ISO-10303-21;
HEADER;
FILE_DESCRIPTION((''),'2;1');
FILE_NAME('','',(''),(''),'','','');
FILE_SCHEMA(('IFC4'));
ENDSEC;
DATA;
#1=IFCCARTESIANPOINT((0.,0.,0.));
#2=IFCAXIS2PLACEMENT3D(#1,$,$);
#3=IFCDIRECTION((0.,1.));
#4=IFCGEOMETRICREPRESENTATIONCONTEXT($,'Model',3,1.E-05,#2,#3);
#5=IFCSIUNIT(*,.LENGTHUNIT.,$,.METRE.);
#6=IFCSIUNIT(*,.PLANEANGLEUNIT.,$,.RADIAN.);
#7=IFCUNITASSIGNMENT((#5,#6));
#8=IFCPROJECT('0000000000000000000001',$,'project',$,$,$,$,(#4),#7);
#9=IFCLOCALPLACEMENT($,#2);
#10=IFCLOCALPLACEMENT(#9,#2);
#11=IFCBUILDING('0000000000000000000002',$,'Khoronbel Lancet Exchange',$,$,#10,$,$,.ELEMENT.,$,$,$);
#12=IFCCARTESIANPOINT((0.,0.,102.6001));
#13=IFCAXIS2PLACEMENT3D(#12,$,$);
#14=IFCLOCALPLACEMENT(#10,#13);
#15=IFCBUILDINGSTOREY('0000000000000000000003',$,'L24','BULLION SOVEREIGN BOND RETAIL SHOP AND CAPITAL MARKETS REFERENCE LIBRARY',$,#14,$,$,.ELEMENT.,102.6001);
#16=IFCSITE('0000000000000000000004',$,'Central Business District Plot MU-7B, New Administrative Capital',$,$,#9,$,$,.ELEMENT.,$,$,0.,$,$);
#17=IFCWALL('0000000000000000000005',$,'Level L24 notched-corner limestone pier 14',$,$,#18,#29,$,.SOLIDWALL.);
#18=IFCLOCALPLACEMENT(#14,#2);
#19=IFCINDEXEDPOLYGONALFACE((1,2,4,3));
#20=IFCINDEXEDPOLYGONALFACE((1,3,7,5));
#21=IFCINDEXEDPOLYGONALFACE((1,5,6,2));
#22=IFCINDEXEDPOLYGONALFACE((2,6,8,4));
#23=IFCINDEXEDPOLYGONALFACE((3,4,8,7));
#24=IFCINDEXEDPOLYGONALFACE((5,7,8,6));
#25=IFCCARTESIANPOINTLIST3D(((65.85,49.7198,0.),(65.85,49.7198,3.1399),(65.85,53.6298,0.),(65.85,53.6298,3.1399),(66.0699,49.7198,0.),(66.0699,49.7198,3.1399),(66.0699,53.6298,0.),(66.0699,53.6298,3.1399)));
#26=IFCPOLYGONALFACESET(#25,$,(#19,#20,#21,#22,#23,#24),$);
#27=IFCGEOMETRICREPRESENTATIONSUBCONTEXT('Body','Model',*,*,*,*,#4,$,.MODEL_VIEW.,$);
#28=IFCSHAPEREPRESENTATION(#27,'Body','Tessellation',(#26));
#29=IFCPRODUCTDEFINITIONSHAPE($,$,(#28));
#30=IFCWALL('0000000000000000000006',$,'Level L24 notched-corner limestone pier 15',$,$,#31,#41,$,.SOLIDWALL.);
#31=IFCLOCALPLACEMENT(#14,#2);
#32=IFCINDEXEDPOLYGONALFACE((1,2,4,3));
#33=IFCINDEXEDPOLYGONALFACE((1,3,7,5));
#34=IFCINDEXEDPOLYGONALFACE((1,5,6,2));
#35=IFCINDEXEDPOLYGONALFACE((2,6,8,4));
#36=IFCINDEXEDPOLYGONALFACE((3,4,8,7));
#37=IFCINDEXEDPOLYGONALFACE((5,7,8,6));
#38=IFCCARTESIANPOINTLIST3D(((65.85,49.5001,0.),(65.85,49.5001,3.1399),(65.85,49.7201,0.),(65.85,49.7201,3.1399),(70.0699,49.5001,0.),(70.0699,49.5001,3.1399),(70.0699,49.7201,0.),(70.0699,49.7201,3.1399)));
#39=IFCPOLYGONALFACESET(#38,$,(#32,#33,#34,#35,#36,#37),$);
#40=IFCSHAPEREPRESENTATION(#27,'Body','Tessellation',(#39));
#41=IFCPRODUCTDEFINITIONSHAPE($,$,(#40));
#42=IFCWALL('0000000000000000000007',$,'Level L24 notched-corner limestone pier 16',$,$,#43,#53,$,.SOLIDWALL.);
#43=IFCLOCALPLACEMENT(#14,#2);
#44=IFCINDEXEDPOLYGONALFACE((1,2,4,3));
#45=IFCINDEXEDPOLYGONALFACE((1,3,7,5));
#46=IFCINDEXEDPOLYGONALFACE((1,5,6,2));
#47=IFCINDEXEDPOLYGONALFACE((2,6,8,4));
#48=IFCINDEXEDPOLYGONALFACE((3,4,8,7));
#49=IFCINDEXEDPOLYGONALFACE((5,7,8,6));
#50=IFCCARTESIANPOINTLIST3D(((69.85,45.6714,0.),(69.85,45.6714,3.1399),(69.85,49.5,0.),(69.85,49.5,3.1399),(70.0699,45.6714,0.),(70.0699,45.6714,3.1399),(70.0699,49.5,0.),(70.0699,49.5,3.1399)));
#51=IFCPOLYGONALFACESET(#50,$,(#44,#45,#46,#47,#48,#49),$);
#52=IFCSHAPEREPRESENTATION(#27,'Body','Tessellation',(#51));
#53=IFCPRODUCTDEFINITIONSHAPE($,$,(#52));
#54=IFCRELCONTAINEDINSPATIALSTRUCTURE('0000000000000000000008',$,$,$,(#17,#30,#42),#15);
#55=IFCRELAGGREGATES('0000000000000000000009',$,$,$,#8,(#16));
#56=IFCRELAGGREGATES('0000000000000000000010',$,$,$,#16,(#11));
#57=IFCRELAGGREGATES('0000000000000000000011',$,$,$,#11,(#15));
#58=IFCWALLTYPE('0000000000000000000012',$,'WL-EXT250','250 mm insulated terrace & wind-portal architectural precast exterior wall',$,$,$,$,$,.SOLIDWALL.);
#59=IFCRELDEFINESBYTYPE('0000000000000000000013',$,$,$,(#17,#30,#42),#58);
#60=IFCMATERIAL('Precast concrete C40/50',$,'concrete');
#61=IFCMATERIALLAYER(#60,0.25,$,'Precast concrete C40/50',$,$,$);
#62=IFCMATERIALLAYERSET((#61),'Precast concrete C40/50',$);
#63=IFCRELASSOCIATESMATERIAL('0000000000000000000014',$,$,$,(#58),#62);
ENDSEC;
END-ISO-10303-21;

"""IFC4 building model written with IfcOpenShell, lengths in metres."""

from ifc_helpers import new_model, si_unit, direction, frame, frame_2d, origin, place, context, subcontext, project, spatial, rectangle, extrude, material, layer, layer_set, type_object, element, save


model = new_model("IFC4")

# Units and contexts
model_context = context("Model", 3, precision=1e-05, world=origin(), true_north=direction((0.0, 1.0)))
body_context = subcontext(model_context, "Body", "Model", "MODEL_VIEW")
ifc_project = project(units=[si_unit("LENGTHUNIT", "METRE"), si_unit("PLANEANGLEUNIT", "RADIAN")], contexts=[model_context])

# Site, building, storey
site_placement = place(None, origin())
site = spatial("IfcSite", under=ifc_project, at=site_placement, Name="Central Business District Plot MU-7B, New Administrative Capital", CompositionType="ELEMENT", RefElevation=0.0)
building_placement = place(site_placement, origin())
building = spatial("IfcBuilding", under=site, at=building_placement, Name="Khoronbel Lancet Exchange", CompositionType="ELEMENT")
storey_placement = place(building_placement, frame((0.0, 0.0, 102.6001)))
storey = spatial("IfcBuildingStorey", under=building, at=storey_placement, Name="L24", Description="BULLION SOVEREIGN BOND RETAIL SHOP AND CAPITAL MARKETS REFERENCE LIBRARY", CompositionType="ELEMENT", Elevation=102.6001)

# Walls
ifc_material_1 = material(Name="Precast concrete C40/50", Category="concrete")
ifc_layer_1 = layer(ifc_material_1, 0.25, Name="Precast concrete C40/50")
ifc_layer_set_1 = layer_set([ifc_layer_1], Name="Precast concrete C40/50")
wall_type = type_object("IfcWallType", Name="WL-EXT250", Description="250 mm insulated terrace & wind-portal architectural precast exterior wall", PredefinedType="SOLIDWALL", material=ifc_layer_set_1)
wall_1_placement = place(storey_placement, frame((65.96, 53.6299, 0.0), z_axis=(0.0, 0.0, 1.0), x_axis=(0.0, -1.0, 0.0)))
element("IfcWall", 1, at=wall_1_placement, inside=storey, type_object=wall_type, Name="Level L24 notched-corner limestone pier 14", PredefinedType="SOLIDWALL", context=body_context, shape_type="SweptSolid", body=[
    extrude(rectangle(XDim=3.9099, YDim=0.22, at=frame_2d((1.9551, 0.0))), origin(), (0.0, 0.0, 1.0), 3.1399),
])
wall_2_placement = place(storey_placement, frame((65.8501, 49.6101, 0.0), z_axis=(0.0, 0.0, 1.0), x_axis=(1.0, 0.0, 0.0)))
element("IfcWall", 2, at=wall_2_placement, inside=storey, type_object=wall_type, Name="Level L24 notched-corner limestone pier 15", PredefinedType="SOLIDWALL", context=body_context, shape_type="SweptSolid", body=[
    extrude(rectangle(XDim=4.22, YDim=0.22, at=frame_2d((2.1099, 0.0))), origin(), (0.0, 0.0, 1.0), 3.1399),
])
wall_3_placement = place(storey_placement, frame((69.96, 49.5, 0.0), z_axis=(0.0, 0.0, 1.0), x_axis=(0.0, -1.0, 0.0)))
element("IfcWall", 3, at=wall_3_placement, inside=storey, type_object=wall_type, Name="Level L24 notched-corner limestone pier 16", PredefinedType="SOLIDWALL", context=body_context, shape_type="SweptSolid", body=[
    extrude(rectangle(XDim=3.8286, YDim=0.22, at=frame_2d((1.9143, 0.0))), origin(), (0.0, 0.0, 1.0), 3.1399),
])

save(model, "model.ifc")
